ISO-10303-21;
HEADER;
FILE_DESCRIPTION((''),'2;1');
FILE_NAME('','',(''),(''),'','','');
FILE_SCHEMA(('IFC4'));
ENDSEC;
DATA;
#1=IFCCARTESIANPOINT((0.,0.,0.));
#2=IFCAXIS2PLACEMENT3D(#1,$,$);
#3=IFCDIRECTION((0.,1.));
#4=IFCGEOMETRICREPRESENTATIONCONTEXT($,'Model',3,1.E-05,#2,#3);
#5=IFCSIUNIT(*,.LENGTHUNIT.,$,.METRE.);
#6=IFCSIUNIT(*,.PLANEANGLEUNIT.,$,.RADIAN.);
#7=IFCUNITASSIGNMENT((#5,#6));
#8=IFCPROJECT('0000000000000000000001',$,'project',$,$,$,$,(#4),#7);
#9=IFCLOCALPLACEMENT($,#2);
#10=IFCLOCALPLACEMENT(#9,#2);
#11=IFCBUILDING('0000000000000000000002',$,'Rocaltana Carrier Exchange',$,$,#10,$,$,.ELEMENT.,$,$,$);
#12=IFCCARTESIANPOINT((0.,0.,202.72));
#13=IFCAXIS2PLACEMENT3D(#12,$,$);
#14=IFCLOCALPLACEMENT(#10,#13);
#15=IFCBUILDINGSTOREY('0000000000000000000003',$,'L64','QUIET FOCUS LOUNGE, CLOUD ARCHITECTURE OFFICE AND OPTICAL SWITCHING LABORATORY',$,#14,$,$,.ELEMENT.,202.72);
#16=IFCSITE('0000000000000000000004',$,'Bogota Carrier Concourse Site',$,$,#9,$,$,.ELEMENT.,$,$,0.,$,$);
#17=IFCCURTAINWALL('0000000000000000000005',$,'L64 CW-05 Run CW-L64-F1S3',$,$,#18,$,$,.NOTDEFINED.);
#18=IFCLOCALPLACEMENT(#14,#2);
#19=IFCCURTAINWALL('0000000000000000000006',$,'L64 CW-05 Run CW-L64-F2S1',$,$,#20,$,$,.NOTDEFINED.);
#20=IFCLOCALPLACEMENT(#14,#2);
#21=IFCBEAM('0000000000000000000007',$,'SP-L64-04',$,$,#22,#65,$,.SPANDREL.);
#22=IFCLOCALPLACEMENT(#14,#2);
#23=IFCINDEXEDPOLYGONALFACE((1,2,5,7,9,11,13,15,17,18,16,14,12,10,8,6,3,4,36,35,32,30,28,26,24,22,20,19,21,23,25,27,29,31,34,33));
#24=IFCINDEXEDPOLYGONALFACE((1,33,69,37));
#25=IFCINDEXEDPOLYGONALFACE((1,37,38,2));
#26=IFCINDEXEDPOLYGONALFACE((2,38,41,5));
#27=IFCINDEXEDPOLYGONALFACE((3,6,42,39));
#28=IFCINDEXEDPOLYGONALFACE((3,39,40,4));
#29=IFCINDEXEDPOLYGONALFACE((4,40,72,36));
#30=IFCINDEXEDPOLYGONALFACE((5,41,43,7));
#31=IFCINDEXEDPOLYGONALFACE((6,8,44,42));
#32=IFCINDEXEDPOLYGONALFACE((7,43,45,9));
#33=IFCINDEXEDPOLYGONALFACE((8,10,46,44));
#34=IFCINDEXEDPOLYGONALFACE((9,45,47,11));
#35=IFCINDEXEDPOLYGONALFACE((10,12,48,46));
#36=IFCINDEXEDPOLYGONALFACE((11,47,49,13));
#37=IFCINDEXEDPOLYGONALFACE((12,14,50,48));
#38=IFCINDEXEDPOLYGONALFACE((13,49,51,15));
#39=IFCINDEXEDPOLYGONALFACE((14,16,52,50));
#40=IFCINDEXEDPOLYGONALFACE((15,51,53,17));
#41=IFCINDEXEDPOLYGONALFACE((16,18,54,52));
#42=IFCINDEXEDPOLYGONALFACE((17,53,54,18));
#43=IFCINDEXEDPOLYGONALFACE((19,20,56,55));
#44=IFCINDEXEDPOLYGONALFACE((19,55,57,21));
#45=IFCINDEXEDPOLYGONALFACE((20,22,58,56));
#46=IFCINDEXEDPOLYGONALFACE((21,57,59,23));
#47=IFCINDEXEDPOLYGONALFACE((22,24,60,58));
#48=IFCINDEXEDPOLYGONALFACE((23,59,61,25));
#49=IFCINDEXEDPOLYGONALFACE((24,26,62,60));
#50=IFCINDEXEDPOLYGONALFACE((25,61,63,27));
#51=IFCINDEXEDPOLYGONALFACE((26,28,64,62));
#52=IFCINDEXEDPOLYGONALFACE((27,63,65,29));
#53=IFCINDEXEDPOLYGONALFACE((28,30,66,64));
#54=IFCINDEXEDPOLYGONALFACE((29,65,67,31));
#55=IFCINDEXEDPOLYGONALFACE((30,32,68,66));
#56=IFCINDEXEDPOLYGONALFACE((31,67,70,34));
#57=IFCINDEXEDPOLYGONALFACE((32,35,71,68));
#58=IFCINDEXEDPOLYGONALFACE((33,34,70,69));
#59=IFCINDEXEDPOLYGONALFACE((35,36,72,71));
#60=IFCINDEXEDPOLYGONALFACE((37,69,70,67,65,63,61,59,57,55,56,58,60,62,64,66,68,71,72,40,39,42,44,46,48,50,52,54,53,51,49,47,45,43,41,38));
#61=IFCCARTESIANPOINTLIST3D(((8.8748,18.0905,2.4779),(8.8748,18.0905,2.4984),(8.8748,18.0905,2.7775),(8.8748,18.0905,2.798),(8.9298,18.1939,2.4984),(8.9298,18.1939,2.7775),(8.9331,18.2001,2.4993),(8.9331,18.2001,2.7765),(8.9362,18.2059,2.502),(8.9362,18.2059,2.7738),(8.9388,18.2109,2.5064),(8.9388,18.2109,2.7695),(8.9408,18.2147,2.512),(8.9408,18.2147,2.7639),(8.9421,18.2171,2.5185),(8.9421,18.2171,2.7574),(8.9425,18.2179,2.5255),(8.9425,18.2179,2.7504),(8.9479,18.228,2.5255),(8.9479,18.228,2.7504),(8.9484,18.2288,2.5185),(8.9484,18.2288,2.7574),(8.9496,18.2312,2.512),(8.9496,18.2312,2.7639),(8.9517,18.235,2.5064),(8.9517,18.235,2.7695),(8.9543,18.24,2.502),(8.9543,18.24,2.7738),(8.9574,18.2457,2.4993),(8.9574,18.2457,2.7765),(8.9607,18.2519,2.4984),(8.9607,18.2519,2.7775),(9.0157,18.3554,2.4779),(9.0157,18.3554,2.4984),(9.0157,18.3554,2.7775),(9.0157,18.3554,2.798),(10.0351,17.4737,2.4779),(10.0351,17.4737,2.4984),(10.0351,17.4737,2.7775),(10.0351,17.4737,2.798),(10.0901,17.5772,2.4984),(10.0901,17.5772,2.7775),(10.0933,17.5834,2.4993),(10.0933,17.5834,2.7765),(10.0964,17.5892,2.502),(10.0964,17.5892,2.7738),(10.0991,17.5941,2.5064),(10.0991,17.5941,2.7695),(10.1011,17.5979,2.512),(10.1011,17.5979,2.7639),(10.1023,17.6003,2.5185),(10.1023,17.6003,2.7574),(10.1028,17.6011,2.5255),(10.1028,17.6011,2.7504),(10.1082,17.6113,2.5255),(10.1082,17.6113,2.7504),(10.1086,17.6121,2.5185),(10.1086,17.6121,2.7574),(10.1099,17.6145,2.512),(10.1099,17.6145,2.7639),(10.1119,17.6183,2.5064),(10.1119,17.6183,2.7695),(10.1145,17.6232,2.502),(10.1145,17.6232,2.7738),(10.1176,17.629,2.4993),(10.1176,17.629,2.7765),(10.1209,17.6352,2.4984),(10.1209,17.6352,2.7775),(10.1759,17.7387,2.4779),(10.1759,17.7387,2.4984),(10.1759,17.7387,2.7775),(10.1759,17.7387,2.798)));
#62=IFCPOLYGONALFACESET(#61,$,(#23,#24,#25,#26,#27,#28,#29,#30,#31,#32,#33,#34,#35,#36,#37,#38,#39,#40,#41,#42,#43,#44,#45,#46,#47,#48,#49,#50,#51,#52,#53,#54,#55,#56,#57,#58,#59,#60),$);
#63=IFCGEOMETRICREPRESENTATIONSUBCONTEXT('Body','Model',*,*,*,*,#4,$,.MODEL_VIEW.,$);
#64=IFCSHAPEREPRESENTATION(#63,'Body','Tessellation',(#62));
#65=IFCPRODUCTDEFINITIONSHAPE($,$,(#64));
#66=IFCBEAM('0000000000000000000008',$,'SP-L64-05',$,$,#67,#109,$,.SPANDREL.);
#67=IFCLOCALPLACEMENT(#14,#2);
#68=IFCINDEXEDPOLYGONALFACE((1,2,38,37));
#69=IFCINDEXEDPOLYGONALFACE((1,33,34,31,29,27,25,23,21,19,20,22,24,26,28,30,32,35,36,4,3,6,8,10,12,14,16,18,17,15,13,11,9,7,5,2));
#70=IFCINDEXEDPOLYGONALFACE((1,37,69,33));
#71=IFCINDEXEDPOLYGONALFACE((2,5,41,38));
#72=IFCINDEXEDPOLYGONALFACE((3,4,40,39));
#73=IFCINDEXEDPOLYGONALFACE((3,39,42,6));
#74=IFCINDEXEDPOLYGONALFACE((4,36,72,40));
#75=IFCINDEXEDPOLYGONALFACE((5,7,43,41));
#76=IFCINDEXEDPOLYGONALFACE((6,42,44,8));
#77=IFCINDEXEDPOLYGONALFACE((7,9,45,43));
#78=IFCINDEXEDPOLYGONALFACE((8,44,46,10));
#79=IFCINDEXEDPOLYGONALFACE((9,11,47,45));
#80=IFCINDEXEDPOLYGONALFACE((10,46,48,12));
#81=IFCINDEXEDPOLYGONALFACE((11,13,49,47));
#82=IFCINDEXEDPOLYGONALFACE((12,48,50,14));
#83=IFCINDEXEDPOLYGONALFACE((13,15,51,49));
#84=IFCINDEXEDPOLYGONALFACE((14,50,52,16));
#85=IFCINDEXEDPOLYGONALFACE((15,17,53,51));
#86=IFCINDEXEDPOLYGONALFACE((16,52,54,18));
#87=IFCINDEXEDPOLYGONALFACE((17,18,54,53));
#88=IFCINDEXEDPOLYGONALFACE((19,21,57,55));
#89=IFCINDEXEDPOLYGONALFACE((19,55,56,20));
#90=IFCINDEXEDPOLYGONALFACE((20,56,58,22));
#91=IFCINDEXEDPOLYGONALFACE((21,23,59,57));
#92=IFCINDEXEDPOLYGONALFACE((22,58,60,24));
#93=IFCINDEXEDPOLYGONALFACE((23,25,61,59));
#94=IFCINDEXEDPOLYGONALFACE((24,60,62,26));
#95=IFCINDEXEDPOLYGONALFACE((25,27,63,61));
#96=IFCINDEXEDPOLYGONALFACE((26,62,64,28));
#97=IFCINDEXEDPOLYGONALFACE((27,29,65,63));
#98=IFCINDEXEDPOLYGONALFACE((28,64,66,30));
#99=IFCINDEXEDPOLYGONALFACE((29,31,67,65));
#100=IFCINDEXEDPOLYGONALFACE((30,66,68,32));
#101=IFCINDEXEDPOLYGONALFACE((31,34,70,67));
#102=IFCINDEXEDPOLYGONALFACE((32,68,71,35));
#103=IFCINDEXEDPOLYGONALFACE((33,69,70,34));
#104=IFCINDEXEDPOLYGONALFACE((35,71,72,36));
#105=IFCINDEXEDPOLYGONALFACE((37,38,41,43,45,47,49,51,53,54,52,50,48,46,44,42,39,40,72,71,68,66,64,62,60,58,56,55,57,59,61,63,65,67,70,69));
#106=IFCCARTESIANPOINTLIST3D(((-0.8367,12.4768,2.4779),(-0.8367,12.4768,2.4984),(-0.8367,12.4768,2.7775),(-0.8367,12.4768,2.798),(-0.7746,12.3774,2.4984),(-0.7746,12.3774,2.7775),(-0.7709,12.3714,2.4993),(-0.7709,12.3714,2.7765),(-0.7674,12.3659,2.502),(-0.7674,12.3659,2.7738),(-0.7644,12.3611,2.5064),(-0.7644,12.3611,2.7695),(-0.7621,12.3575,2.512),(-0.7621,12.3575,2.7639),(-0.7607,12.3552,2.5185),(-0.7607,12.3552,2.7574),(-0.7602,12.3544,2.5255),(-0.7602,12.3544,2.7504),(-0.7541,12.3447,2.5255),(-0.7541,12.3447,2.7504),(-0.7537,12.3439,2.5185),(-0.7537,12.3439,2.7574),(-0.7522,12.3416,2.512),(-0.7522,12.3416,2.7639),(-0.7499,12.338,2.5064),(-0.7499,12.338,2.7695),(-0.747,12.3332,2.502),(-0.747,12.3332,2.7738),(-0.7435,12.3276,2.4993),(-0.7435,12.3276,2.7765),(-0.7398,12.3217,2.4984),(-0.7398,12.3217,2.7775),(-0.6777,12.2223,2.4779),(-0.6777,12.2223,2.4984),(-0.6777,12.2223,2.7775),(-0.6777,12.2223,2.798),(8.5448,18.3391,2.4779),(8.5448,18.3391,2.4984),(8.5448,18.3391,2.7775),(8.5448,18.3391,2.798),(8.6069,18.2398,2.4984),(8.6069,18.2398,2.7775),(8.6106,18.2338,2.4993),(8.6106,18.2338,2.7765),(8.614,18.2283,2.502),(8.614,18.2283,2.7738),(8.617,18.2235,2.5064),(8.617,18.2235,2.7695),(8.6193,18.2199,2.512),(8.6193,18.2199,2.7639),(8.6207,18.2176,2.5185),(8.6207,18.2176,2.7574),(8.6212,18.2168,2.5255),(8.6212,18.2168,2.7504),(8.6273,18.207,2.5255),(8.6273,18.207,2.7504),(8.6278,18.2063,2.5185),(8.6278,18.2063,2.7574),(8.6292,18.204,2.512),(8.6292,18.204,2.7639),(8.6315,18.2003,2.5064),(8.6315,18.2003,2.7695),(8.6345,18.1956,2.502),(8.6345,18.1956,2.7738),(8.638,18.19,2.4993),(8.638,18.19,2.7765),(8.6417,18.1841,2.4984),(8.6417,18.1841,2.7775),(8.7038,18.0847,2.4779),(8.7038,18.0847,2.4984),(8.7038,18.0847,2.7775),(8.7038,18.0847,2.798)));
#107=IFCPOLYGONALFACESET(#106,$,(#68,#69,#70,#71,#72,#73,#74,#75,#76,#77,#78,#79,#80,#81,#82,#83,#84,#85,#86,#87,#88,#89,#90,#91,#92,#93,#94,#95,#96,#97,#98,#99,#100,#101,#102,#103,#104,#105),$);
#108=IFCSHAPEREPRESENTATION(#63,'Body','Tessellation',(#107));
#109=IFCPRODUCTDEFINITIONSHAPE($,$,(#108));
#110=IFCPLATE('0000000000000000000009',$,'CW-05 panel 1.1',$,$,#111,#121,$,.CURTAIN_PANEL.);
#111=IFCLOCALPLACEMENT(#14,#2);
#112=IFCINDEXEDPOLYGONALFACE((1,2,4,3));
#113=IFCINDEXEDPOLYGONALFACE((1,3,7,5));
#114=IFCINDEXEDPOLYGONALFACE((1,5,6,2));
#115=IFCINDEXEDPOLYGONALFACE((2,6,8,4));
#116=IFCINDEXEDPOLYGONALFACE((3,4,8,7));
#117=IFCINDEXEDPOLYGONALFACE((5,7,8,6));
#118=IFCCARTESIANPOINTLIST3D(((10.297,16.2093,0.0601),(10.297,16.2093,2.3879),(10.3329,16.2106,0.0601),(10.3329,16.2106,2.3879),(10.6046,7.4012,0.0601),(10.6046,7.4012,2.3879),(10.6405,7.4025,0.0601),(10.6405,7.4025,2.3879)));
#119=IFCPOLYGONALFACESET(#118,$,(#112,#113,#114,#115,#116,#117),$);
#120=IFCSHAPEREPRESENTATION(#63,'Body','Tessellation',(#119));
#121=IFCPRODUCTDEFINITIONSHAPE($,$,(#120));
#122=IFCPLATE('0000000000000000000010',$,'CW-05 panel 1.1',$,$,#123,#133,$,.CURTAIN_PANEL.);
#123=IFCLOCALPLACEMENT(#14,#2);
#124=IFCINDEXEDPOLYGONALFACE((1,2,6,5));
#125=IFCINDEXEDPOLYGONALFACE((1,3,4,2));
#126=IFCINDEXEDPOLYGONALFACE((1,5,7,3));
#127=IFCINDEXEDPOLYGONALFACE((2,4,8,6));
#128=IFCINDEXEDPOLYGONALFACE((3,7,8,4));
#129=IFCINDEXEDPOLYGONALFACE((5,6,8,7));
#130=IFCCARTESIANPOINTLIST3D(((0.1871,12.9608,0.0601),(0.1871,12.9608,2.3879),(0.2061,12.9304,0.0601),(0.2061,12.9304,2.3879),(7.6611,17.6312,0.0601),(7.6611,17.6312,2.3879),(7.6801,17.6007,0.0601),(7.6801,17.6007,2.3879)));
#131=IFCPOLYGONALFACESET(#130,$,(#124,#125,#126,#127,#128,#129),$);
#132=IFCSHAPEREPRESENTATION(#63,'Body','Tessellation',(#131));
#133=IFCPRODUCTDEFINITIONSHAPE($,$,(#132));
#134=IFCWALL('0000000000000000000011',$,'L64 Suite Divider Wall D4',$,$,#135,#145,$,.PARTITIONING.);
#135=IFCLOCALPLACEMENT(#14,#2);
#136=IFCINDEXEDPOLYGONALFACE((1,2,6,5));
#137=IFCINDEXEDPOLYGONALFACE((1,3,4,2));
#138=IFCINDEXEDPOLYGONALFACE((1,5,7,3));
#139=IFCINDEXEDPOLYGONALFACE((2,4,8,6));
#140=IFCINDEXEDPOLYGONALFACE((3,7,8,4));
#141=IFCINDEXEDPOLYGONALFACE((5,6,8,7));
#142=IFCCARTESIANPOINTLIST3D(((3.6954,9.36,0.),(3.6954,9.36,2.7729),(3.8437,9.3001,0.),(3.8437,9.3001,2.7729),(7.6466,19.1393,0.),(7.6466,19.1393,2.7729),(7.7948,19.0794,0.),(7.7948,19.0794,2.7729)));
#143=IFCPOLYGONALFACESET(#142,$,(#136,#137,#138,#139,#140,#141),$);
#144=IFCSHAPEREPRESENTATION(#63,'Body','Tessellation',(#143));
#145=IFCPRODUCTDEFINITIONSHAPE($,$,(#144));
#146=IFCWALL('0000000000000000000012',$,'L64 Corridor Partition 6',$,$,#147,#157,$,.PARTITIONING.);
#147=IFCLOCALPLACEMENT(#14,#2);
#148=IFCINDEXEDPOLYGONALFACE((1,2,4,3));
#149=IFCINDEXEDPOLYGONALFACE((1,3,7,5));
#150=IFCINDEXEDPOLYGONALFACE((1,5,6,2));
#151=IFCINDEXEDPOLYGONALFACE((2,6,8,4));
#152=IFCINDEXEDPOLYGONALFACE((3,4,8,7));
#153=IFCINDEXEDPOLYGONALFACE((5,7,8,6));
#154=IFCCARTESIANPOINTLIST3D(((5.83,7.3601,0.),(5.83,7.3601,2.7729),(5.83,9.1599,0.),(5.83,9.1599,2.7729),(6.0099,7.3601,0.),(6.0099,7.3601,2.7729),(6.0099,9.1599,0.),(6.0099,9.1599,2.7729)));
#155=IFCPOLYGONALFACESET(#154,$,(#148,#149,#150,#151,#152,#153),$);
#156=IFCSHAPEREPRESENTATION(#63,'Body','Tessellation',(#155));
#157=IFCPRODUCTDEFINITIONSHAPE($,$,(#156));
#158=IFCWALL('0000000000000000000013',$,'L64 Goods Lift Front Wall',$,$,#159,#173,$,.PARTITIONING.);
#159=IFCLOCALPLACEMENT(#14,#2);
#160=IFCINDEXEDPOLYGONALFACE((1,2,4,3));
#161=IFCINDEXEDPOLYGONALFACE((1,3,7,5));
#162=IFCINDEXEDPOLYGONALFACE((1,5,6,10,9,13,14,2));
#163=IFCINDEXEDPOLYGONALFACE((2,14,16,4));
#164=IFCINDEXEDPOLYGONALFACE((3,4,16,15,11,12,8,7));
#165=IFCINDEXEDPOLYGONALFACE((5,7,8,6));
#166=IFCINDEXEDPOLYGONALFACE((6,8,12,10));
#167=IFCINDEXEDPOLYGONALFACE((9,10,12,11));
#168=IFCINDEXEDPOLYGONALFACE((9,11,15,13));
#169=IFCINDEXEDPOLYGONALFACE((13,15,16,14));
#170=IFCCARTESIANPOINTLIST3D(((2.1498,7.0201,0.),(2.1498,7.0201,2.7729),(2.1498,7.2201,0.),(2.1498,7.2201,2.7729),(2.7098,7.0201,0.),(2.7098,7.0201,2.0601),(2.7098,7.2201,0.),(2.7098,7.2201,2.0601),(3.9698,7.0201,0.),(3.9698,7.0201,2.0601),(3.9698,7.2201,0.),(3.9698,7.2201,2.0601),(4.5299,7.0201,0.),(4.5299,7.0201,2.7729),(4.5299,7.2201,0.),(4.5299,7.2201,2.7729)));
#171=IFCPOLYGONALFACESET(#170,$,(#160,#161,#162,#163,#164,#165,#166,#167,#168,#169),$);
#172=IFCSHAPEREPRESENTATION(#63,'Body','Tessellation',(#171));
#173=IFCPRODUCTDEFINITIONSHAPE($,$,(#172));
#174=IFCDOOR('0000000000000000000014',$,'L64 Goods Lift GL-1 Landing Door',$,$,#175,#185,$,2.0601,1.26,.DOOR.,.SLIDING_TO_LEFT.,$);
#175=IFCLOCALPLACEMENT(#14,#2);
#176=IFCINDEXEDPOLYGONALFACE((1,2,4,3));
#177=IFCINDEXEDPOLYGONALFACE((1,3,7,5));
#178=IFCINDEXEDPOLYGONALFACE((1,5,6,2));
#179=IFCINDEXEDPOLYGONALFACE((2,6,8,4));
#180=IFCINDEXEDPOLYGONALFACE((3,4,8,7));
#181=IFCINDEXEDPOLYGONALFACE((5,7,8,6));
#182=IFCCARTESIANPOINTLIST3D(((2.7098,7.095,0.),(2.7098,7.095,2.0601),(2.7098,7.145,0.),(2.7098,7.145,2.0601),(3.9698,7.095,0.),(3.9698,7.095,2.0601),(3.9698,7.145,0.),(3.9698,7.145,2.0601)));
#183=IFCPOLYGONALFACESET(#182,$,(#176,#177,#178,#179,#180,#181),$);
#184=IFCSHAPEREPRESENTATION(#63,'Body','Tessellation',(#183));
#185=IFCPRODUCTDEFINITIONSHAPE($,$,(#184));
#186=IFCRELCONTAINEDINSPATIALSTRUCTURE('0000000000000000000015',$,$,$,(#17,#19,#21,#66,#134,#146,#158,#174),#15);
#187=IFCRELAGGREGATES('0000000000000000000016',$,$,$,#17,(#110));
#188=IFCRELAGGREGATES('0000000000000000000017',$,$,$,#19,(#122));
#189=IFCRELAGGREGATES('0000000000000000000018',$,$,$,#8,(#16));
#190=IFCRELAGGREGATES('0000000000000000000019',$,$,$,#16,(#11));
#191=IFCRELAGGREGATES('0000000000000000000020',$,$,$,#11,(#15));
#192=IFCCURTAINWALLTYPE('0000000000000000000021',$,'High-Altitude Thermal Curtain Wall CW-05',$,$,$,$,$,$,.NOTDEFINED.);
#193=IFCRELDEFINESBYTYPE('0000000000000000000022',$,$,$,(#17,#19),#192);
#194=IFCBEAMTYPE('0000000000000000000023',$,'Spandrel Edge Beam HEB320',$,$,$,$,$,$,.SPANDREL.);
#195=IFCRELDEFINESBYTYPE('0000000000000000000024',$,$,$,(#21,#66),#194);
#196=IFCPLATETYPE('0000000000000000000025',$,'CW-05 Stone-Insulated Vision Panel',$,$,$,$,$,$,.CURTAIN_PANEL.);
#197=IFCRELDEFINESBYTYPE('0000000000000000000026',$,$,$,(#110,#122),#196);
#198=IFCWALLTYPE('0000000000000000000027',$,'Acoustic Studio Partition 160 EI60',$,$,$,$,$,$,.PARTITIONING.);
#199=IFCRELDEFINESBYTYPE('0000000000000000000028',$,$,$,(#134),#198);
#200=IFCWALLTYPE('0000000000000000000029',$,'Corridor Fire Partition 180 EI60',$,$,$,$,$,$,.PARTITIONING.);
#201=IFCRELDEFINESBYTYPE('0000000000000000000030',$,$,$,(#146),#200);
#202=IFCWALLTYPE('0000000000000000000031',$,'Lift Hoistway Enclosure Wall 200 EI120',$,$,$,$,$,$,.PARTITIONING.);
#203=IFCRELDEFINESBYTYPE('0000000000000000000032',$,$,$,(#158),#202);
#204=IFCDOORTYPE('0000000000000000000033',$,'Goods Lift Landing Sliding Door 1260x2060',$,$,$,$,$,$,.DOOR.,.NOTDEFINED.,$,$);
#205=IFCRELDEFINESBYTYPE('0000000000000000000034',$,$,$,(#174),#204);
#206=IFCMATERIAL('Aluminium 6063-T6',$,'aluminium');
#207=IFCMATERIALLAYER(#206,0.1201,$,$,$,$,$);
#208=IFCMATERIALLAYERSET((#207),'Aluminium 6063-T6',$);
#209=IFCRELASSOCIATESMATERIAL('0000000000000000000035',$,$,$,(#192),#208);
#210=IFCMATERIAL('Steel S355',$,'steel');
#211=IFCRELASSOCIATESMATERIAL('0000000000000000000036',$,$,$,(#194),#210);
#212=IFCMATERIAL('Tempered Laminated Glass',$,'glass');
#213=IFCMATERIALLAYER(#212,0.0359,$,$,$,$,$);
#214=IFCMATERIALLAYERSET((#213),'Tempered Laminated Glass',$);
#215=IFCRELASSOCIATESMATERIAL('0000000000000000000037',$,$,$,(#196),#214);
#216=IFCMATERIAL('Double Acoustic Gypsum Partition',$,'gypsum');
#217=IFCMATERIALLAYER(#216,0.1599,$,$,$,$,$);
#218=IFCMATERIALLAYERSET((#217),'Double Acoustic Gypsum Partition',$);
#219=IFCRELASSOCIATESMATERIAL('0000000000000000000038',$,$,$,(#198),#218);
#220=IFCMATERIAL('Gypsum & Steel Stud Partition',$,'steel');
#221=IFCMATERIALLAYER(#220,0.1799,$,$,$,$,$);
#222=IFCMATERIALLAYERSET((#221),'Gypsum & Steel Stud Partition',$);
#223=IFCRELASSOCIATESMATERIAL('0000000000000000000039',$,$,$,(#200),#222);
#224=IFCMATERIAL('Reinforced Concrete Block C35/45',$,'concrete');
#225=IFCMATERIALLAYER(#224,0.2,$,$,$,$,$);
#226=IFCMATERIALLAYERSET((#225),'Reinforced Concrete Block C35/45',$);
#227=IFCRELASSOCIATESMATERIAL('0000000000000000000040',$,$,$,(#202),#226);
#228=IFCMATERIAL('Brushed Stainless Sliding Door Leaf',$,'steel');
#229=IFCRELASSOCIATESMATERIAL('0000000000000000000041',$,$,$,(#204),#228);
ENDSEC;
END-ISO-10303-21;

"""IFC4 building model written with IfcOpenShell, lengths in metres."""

from ifc_helpers import new_model, si_unit, direction, frame, frame_2d, origin, origin_2d, place, context, subcontext, project, spatial, rectangle, i_section, extrude, material, layer, layer_set, material_profile, profile_set, type_object, element, fill, aggregate, save


model = new_model("IFC4")

# Units and contexts
model_context = context("Model", 3, precision=1e-05, world=origin(), true_north=direction((0.0, 1.0)))
body_context = subcontext(model_context, "Body", "Model", "MODEL_VIEW")
ifc_project = project(units=[si_unit("LENGTHUNIT", "METRE"), si_unit("PLANEANGLEUNIT", "RADIAN")], contexts=[model_context])

# Site, building, storey
site_placement = place(None, origin())
site = spatial("IfcSite", under=ifc_project, at=site_placement, Name="Bogota Carrier Concourse Site", CompositionType="ELEMENT", RefElevation=0.0)
building_placement = place(site_placement, origin())
building = spatial("IfcBuilding", under=site, at=building_placement, Name="Rocaltana Carrier Exchange", CompositionType="ELEMENT")
storey_placement = place(building_placement, frame((0.0, 0.0, 202.72)))
storey = spatial("IfcBuildingStorey", under=building, at=storey_placement, Name="L64", Description="QUIET FOCUS LOUNGE, CLOUD ARCHITECTURE OFFICE AND OPTICAL SWITCHING LABORATORY", CompositionType="ELEMENT", Elevation=202.72)

# Curtain walls
ifc_material_1 = material(Name="Aluminium 6063-T6", Category="aluminium")
ifc_layer_1 = layer(ifc_material_1, 0.1201)
ifc_layer_set_1 = layer_set([ifc_layer_1], Name="Aluminium 6063-T6")
curtain_wall_type = type_object("IfcCurtainWallType", Name="High-Altitude Thermal Curtain Wall CW-05", PredefinedType="NOTDEFINED", material=ifc_layer_set_1)
curtain_wall_1_placement = place(storey_placement, origin())
curtain_wall_1 = element("IfcCurtainWall", 1, at=curtain_wall_1_placement, inside=storey, type_object=curtain_wall_type, Name="L64 CW-05 Run CW-L64-F1S3", PredefinedType="NOTDEFINED")
curtain_wall_2_placement = place(storey_placement, origin())
curtain_wall_2 = element("IfcCurtainWall", 2, at=curtain_wall_2_placement, inside=storey, type_object=curtain_wall_type, Name="L64 CW-05 Run CW-L64-F2S1", PredefinedType="NOTDEFINED")

# Beams
ifc_material_2 = material(Name="Steel S355", Category="steel")
ifc_material_profile_1 = material_profile(ifc_material_2, i_section(OverallWidth=0.3, OverallDepth=0.3201, WebThickness=0.0115, FlangeThickness=0.0205, FilletRadius=0.0271, at=origin_2d()), Name="HEB320")
ifc_profile_set_1 = profile_set([ifc_material_profile_1], Name="Steel S355")
beam_type_1 = type_object("IfcBeamType", Name="Spandrel Edge Beam HEB320", PredefinedType="SPANDREL", material=ifc_profile_set_1)
beam_1_placement = place(storey_placement, frame((10.1055, 17.6062, 2.6379), z_axis=(-0.883, 0.469373, 0.0), x_axis=(-0.469373, -0.883, 0.0)))
element("IfcBeam", 3, at=beam_1_placement, inside=storey, type_object=beam_type_1, Name="SP-L64-04", PredefinedType="SPANDREL", context=body_context, shape_type="SweptSolid", body=[
    extrude(i_section(OverallWidth=0.3, OverallDepth=0.3201, WebThickness=0.0115, FlangeThickness=0.0205, FilletRadius=0.0271, at=origin_2d()), origin(), (0.0, 0.0, 1.0), 1.314),
])
beam_2_placement = place(storey_placement, frame((8.6243, 18.2119, 2.6379), z_axis=(-0.84804, -0.529931, 0.0), x_axis=(0.529931, -0.84804, 0.0)))
element("IfcBeam", 4, at=beam_2_placement, inside=storey, type_object=beam_type_1, Name="SP-L64-05", PredefinedType="SPANDREL", context=body_context, shape_type="SweptSolid", body=[
    extrude(i_section(OverallWidth=0.3, OverallDepth=0.3201, WebThickness=0.0115, FlangeThickness=0.0205, FilletRadius=0.0271, at=origin_2d()), origin(), (0.0, 0.0, 1.0), 11.0625),
])

# Plates
ifc_material_3 = material(Name="Tempered Laminated Glass", Category="glass")
ifc_layer_2 = layer(ifc_material_3, 0.0359)
ifc_layer_set_2 = layer_set([ifc_layer_2], Name="Tempered Laminated Glass")
plate_type = type_object("IfcPlateType", Name="CW-05 Stone-Insulated Vision Panel", PredefinedType="CURTAIN_PANEL", material=ifc_layer_set_2)
plate_1_placement = place(storey_placement, frame((10.4688, 11.8059, 0.0601), z_axis=(0.0, 0.0, 1.0), x_axis=(-0.034903, 0.999391, 0.0)))
plate_1 = element("IfcPlate", 5, at=plate_1_placement, type_object=plate_type, Name="CW-05 panel 1.1", PredefinedType="CURTAIN_PANEL", context=body_context, shape_type="SweptSolid", body=[
    extrude(rectangle(XDim=8.8135, YDim=0.0359, at=origin_2d()), origin(), (0.0, 0.0, 1.0), 2.3279),
])
aggregate(curtain_wall_1, [plate_1])
plate_2_placement = place(storey_placement, frame((3.9336, 15.2808, 0.0601), z_axis=(0.0, 0.0, 1.0), x_axis=(-0.848042, -0.529929, 0.0)))
plate_2 = element("IfcPlate", 6, at=plate_2_placement, type_object=plate_type, Name="CW-05 panel 1.1", PredefinedType="CURTAIN_PANEL", context=body_context, shape_type="SweptSolid", body=[
    extrude(rectangle(XDim=8.8132, YDim=0.0359, at=origin_2d()), origin(), (0.0, 0.0, 1.0), 2.3279),
])
aggregate(curtain_wall_2, [plate_2])

# Walls
ifc_material_4 = material(Name="Double Acoustic Gypsum Partition", Category="gypsum")
ifc_layer_3 = layer(ifc_material_4, 0.1599)
ifc_layer_set_3 = layer_set([ifc_layer_3], Name="Double Acoustic Gypsum Partition")
wall_type_1 = type_object("IfcWallType", Name="Acoustic Studio Partition 160 EI60", PredefinedType="PARTITIONING", material=ifc_layer_set_3)
wall_1_placement = place(storey_placement, frame((3.7695, 9.3301, 0.0), z_axis=(0.0, 0.0, 1.0), x_axis=(0.374613, 0.927181, 0.0)))
element("IfcWall", 7, at=wall_1_placement, inside=storey, type_object=wall_type_1, Name="L64 Suite Divider Wall D4", PredefinedType="PARTITIONING", context=body_context, shape_type="SweptSolid", body=[
    extrude(rectangle(XDim=10.5474, YDim=0.1599, at=frame_2d((5.2737, 0.0))), origin(), (0.0, 0.0, 1.0), 2.7729),
])
ifc_material_5 = material(Name="Gypsum & Steel Stud Partition", Category="steel")
ifc_layer_4 = layer(ifc_material_5, 0.1799)
ifc_layer_set_4 = layer_set([ifc_layer_4], Name="Gypsum & Steel Stud Partition")
wall_type_2 = type_object("IfcWallType", Name="Corridor Fire Partition 180 EI60", PredefinedType="PARTITIONING", material=ifc_layer_set_4)
wall_2_placement = place(storey_placement, frame((5.9199, 9.1599, 0.0), z_axis=(0.0, 0.0, 1.0), x_axis=(0.0, -1.0, 0.0)))
element("IfcWall", 8, at=wall_2_placement, inside=storey, type_object=wall_type_2, Name="L64 Corridor Partition 6", PredefinedType="PARTITIONING", context=body_context, shape_type="SweptSolid", body=[
    extrude(rectangle(XDim=1.7998, YDim=0.1799, at=frame_2d((0.8999, 0.0))), origin(), (0.0, 0.0, 1.0), 2.7729),
])

# Wall, opening, door
ifc_material_6 = material(Name="Reinforced Concrete Block C35/45", Category="concrete")
ifc_layer_5 = layer(ifc_material_6, 0.2)
ifc_layer_set_5 = layer_set([ifc_layer_5], Name="Reinforced Concrete Block C35/45")
wall_type_3 = type_object("IfcWallType", Name="Lift Hoistway Enclosure Wall 200 EI120", PredefinedType="PARTITIONING", material=ifc_layer_set_5)
wall_3_placement = place(storey_placement, frame((2.1499, 7.1201, 0.0), z_axis=(0.0, 0.0, 1.0), x_axis=(1.0, 0.0, 0.0)))
wall_3 = element("IfcWall", 9, at=wall_3_placement, inside=storey, type_object=wall_type_3, Name="L64 Goods Lift Front Wall", PredefinedType="PARTITIONING", context=body_context, shape_type="SweptSolid", body=[
    extrude(rectangle(XDim=2.3801, YDim=0.2, at=frame_2d((1.1899, 0.0))), origin(), (0.0, 0.0, 1.0), 2.7729),
])
opening_1_placement = place(wall_3_placement, frame((0.5601, 0.0, 0.0)))
opening_1 = element("IfcOpeningElement", 10, at=opening_1_placement, cuts=wall_3, PredefinedType="OPENING", context=body_context, shape_type="SweptSolid", body=[
    extrude(rectangle(XDim=1.26, YDim=2.0601, at=frame_2d((0.6299, 1.03))), frame((0.0, 0.1099, 0.0), z_axis=(0.0, -1.0, 0.0), x_axis=(1.0, 0.0, 0.0)), (0.0, 0.0, 1.0), 0.22),
])
ifc_material_7 = material(Name="Brushed Stainless Sliding Door Leaf", Category="steel")
door_type_1 = type_object("IfcDoorType", Name="Goods Lift Landing Sliding Door 1260x2060", OperationType="NOTDEFINED", PredefinedType="DOOR", material=ifc_material_7)
door_1_placement = place(opening_1_placement, origin())
door_1 = element("IfcDoor", 11, at=door_1_placement, inside=storey, type_object=door_type_1, Name="L64 Goods Lift GL-1 Landing Door", OperationType="SLIDING_TO_LEFT", OverallHeight=2.0601, OverallWidth=1.26, PredefinedType="DOOR", context=body_context, shape_type="SweptSolid", body=[
    extrude(rectangle(XDim=1.26, YDim=2.0601, at=frame_2d((0.6299, 1.03))), frame((0.0, 0.0249, 0.0), z_axis=(0.0, -1.0, 0.0), x_axis=(1.0, 0.0, 0.0)), (0.0, 0.0, 1.0), 0.05),
])
fill(opening_1, door_1)

save(model, "model.ifc")
